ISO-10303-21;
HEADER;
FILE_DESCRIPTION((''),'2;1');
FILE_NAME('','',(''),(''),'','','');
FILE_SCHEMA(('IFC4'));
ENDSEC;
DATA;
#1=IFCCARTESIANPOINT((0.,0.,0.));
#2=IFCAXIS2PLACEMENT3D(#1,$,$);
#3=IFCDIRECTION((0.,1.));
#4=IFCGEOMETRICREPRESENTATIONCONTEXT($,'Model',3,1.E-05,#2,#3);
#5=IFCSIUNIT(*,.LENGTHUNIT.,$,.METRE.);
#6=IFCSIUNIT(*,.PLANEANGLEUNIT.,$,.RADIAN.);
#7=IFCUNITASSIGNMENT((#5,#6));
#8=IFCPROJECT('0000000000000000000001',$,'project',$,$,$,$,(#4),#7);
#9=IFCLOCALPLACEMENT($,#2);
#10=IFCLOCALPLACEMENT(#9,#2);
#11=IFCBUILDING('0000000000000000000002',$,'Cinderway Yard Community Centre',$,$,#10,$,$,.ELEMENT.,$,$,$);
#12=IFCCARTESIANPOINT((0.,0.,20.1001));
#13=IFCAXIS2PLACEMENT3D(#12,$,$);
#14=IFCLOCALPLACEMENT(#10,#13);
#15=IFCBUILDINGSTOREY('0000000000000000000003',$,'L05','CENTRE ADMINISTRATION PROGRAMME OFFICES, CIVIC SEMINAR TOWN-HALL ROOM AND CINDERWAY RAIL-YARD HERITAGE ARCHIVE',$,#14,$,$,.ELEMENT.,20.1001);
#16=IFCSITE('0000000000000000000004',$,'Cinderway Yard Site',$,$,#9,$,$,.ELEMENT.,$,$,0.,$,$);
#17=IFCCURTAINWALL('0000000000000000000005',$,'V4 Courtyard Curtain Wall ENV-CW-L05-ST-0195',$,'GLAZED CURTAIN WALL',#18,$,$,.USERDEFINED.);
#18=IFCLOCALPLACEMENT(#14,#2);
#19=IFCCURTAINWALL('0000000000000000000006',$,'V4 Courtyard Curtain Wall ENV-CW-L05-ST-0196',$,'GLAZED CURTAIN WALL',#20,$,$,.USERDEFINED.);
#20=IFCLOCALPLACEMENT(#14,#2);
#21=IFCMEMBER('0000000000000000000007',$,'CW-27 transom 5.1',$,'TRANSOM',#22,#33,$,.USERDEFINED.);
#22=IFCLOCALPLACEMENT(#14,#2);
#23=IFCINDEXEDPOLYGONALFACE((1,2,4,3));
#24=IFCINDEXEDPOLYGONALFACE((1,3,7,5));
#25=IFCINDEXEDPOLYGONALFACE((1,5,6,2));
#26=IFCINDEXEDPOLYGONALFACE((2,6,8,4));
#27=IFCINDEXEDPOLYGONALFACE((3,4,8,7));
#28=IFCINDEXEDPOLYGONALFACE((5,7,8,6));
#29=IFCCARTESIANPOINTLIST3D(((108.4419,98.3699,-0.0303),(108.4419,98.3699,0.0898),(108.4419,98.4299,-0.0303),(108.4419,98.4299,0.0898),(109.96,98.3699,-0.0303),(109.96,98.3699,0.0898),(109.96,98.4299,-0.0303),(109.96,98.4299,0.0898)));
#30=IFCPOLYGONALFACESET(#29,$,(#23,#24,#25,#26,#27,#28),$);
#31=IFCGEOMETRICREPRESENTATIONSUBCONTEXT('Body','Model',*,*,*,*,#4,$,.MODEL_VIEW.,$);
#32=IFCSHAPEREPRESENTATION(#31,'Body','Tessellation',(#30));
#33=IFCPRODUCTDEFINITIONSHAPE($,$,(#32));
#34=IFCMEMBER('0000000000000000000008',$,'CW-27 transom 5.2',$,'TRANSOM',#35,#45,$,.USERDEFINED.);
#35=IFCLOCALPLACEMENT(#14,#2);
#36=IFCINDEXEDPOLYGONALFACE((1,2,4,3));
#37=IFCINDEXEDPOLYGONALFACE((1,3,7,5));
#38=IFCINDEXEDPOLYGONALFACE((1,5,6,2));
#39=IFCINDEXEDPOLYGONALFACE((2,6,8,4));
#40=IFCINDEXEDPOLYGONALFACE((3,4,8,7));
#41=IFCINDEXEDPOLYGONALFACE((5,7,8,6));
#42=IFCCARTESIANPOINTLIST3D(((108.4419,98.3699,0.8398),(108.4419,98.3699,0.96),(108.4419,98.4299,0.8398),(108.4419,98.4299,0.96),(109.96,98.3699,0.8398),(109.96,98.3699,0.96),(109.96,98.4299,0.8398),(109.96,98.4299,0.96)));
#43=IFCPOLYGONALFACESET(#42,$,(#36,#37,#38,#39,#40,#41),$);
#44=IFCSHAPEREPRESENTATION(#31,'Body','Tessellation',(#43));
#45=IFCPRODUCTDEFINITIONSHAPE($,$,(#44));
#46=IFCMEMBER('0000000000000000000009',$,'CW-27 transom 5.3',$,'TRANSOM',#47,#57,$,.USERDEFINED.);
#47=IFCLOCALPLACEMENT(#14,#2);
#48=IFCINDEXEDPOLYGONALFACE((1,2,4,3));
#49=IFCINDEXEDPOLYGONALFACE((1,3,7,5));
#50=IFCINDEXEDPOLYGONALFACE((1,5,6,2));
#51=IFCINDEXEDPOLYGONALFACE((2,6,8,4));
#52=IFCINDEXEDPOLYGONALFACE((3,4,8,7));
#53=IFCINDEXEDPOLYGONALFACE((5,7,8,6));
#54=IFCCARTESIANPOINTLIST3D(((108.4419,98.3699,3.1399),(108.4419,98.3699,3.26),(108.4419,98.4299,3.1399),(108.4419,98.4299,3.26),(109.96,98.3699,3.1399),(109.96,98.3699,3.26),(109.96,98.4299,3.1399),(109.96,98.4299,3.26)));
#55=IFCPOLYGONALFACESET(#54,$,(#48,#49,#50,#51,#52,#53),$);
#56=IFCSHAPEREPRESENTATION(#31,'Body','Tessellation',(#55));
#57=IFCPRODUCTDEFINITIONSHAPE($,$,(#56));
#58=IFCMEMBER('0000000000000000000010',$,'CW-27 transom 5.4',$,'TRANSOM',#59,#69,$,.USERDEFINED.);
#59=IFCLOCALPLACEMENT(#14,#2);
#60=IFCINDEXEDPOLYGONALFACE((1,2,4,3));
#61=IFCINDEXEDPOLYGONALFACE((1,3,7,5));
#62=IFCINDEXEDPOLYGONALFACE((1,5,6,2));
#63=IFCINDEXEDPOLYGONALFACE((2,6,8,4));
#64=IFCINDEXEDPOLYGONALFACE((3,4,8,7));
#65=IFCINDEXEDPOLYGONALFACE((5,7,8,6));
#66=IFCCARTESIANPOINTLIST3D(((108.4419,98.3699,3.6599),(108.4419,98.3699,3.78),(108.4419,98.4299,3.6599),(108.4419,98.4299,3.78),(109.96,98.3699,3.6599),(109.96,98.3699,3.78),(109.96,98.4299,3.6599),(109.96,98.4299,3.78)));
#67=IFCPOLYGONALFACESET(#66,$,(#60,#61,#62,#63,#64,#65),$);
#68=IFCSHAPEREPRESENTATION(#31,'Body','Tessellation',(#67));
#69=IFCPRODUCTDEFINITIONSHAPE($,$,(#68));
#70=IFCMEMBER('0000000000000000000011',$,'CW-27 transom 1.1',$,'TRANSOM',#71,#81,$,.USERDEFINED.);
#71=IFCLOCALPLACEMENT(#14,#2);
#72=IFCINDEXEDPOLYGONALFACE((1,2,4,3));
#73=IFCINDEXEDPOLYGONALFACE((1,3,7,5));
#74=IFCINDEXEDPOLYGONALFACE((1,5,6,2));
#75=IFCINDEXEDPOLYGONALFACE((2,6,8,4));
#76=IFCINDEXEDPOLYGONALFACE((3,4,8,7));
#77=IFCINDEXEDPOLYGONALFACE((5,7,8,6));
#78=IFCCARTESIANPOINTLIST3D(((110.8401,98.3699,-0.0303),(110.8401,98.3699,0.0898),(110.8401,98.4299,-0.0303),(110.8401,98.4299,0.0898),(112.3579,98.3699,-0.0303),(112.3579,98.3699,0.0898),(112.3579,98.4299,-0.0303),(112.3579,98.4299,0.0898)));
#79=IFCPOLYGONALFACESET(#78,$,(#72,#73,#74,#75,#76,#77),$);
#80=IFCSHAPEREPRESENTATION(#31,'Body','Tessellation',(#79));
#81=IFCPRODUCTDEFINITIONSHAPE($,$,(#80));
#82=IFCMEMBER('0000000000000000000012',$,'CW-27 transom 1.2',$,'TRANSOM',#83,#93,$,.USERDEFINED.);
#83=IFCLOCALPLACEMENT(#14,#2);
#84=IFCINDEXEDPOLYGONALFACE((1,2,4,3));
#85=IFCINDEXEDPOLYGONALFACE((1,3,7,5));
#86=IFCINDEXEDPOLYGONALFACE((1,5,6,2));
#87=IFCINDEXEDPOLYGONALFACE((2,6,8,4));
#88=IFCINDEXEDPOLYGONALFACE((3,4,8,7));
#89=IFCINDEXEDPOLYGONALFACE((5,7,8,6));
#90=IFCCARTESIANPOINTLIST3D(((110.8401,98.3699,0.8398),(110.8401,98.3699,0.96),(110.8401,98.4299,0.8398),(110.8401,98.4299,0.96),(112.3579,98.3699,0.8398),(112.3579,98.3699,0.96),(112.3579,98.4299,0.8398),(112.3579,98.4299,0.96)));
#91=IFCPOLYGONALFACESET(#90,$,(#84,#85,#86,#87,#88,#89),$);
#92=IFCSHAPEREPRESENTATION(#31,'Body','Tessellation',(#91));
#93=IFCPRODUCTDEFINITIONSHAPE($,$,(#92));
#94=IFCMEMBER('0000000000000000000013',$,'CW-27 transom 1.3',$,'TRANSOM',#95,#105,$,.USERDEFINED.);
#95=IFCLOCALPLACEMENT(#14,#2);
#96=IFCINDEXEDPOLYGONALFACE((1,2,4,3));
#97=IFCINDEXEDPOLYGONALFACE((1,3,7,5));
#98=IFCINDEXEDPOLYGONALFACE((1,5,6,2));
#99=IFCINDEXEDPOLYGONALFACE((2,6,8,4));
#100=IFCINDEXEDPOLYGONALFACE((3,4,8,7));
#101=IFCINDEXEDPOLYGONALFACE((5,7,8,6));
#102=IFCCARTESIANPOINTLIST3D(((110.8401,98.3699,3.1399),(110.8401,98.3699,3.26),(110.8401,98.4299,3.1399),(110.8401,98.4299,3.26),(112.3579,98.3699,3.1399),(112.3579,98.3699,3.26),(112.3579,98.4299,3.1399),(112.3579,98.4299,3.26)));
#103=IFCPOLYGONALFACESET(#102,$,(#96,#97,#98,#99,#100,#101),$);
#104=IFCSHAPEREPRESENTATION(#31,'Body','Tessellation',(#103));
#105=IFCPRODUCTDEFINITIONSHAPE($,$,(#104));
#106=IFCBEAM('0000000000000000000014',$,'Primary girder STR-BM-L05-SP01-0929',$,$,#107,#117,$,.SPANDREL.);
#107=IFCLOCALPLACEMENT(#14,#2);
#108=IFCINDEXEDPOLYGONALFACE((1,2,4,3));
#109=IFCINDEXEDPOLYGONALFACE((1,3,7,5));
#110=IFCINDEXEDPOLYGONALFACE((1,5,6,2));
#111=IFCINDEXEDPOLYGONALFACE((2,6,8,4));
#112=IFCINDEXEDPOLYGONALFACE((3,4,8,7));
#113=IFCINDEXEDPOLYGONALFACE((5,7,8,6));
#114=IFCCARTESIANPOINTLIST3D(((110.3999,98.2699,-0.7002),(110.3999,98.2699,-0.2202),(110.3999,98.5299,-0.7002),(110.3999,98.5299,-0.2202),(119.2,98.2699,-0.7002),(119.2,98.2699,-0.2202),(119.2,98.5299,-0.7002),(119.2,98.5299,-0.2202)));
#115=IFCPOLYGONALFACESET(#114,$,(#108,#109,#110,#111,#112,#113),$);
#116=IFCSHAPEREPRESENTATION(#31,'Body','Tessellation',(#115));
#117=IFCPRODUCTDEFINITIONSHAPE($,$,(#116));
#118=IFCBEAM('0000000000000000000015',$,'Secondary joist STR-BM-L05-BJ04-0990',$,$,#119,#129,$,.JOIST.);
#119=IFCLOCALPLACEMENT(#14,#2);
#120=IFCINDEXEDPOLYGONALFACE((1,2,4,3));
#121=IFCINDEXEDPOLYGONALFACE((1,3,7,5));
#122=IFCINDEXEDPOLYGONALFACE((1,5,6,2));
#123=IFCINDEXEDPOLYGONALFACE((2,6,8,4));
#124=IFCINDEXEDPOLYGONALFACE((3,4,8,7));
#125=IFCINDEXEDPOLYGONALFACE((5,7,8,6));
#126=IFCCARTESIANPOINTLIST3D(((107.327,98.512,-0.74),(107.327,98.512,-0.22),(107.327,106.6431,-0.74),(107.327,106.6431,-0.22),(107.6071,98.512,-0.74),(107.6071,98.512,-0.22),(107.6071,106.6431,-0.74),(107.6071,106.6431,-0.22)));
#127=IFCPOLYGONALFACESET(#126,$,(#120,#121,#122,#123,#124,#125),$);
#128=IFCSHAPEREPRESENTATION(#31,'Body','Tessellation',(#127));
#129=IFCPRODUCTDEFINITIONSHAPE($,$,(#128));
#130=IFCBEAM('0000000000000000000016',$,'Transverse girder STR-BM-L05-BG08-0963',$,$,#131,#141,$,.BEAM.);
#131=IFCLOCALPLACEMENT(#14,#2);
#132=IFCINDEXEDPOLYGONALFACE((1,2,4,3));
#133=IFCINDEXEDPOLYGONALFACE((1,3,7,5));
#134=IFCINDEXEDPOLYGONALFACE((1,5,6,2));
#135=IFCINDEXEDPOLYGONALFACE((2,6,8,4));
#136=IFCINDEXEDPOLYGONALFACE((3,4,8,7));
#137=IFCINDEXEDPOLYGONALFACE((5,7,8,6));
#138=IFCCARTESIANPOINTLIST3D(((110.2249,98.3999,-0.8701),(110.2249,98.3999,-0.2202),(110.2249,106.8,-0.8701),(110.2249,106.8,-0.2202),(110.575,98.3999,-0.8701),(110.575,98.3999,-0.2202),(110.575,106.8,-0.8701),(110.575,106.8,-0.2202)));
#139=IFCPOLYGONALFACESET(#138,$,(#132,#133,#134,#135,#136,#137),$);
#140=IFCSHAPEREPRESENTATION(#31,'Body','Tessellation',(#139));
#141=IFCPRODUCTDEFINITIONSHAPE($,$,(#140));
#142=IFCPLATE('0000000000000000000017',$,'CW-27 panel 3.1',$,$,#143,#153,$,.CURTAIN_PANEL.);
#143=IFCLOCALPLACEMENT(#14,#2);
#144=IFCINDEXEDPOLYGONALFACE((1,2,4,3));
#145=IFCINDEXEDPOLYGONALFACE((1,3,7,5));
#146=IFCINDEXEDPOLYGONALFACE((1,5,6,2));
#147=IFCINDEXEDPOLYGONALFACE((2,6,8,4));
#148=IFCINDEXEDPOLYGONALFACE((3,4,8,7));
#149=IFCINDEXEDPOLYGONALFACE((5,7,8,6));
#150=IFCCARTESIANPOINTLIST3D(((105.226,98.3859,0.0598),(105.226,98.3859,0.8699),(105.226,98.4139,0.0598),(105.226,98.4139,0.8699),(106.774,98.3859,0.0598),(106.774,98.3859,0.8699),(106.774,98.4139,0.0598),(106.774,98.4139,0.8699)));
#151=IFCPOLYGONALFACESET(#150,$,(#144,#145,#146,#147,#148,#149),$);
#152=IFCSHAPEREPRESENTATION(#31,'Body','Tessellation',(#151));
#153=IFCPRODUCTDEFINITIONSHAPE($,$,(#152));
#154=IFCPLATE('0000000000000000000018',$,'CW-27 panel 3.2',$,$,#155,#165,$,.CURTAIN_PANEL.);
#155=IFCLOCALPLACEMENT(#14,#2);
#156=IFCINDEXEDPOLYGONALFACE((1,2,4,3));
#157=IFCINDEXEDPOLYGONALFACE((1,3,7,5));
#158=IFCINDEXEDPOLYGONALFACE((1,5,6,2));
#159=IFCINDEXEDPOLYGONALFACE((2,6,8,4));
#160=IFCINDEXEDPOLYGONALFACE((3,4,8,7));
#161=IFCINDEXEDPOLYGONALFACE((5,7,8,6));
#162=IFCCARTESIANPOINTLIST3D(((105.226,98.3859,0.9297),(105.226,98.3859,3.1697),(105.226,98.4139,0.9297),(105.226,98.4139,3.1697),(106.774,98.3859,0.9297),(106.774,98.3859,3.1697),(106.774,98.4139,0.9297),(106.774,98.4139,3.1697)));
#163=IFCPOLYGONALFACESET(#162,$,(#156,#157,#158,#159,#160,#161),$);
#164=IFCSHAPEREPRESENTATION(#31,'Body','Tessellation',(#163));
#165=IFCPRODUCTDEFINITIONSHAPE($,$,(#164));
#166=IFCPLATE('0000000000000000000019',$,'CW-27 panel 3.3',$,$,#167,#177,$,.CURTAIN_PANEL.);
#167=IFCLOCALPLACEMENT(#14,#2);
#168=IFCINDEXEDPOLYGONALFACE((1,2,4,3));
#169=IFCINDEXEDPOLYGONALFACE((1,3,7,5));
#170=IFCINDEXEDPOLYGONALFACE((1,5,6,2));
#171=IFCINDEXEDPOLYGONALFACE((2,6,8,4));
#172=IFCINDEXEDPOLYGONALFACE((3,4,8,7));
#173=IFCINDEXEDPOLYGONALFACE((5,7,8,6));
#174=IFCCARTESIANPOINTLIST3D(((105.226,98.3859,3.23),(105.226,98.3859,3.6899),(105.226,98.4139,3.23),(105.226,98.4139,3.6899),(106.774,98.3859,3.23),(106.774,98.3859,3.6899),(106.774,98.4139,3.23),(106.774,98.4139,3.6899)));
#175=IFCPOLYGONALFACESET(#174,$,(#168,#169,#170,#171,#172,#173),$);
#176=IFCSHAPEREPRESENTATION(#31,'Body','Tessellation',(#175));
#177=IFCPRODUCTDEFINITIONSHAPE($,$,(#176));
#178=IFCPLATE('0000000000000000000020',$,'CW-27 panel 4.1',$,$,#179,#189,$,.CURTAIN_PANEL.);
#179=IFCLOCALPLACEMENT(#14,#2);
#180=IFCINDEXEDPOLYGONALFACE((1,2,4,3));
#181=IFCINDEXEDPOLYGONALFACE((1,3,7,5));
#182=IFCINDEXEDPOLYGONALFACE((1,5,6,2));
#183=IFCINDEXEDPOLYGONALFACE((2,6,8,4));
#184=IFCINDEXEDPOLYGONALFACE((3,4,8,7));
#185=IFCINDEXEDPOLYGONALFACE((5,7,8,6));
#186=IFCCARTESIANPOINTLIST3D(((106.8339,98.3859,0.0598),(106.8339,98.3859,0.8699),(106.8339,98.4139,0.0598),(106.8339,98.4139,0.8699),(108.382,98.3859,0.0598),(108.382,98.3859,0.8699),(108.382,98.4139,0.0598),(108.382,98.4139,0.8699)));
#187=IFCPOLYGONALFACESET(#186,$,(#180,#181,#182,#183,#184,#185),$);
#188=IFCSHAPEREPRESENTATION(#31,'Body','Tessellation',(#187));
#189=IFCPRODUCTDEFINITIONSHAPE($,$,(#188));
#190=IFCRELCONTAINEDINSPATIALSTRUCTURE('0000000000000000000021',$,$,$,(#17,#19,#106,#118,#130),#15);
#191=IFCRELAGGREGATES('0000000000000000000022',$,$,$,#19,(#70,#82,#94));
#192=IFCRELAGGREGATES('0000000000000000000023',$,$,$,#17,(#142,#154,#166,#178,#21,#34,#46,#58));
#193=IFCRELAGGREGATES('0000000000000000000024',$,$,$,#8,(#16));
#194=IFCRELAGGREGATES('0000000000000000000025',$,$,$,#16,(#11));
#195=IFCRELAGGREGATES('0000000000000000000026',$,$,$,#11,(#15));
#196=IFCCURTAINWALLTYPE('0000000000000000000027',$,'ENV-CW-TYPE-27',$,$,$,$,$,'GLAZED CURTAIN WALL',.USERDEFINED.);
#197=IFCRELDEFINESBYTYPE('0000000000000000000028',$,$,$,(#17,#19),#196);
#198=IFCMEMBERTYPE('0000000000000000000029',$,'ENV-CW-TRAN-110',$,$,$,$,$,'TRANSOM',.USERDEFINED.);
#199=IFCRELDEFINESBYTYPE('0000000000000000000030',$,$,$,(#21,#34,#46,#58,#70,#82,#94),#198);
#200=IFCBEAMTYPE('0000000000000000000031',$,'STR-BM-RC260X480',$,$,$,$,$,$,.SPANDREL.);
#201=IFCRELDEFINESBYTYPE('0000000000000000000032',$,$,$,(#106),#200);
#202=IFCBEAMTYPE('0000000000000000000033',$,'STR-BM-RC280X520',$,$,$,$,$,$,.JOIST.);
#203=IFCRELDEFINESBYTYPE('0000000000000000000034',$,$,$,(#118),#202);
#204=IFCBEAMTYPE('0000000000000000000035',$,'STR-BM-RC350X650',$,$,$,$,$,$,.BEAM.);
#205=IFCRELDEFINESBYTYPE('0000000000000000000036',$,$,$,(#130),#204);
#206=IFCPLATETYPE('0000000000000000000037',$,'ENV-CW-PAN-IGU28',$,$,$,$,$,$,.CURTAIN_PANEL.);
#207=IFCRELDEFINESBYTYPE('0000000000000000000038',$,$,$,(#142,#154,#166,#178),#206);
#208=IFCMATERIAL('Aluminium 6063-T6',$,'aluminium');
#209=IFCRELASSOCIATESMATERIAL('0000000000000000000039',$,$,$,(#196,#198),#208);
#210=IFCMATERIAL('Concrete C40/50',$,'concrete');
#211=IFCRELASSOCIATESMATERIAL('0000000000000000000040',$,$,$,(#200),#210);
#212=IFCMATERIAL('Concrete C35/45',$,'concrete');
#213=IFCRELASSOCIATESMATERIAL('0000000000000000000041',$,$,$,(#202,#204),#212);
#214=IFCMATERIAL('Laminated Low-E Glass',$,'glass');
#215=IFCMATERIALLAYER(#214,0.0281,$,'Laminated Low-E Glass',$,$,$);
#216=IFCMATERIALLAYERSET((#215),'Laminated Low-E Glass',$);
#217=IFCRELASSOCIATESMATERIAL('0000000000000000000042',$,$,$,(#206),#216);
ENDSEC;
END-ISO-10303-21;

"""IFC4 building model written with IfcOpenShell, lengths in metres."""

from ifc_helpers import new_model, si_unit, direction, frame, origin, origin_2d, place, context, subcontext, project, spatial, rectangle, extrude, material, layer, layer_set, material_profile, profile_set, type_object, element, aggregate, save


model = new_model("IFC4")

# Units and contexts
model_context = context("Model", 3, precision=1e-05, world=origin(), true_north=direction((0.0, 1.0)))
body_context = subcontext(model_context, "Body", "Model", "MODEL_VIEW")
ifc_project = project(units=[si_unit("LENGTHUNIT", "METRE"), si_unit("PLANEANGLEUNIT", "RADIAN")], contexts=[model_context])

# Site, building, storey
site_placement = place(None, origin())
site = spatial("IfcSite", under=ifc_project, at=site_placement, Name="Cinderway Yard Site", CompositionType="ELEMENT", RefElevation=0.0)
building_placement = place(site_placement, origin())
building = spatial("IfcBuilding", under=site, at=building_placement, Name="Cinderway Yard Community Centre", CompositionType="ELEMENT")
storey_placement = place(building_placement, frame((0.0, 0.0, 20.1001)))
storey = spatial("IfcBuildingStorey", under=building, at=storey_placement, Name="L05", Description="CENTRE ADMINISTRATION PROGRAMME OFFICES, CIVIC SEMINAR TOWN-HALL ROOM AND CINDERWAY RAIL-YARD HERITAGE ARCHIVE", CompositionType="ELEMENT", Elevation=20.1001)

# Shared definitions
ifc_material_1 = material(Name="Concrete C40/50", Category="concrete")

# Curtain wall
ifc_material_2 = material(Name="Aluminium 6063-T6", Category="aluminium")
curtain_wall_type = type_object("IfcCurtainWallType", Name="ENV-CW-TYPE-27", ElementType="GLAZED CURTAIN WALL", PredefinedType="USERDEFINED", material=ifc_material_2)
curtain_wall_1_placement = place(storey_placement, origin())
curtain_wall_1 = element("IfcCurtainWall", 1, at=curtain_wall_1_placement, inside=storey, type_object=curtain_wall_type, Name="V4 Courtyard Curtain Wall ENV-CW-L05-ST-0195", ObjectType="GLAZED CURTAIN WALL", PredefinedType="USERDEFINED")

# Curtain wall
curtain_wall_2_placement = place(storey_placement, origin())
curtain_wall_2 = element("IfcCurtainWall", 2, at=curtain_wall_2_placement, inside=storey, type_object=curtain_wall_type, Name="V4 Courtyard Curtain Wall ENV-CW-L05-ST-0196", ObjectType="GLAZED CURTAIN WALL", PredefinedType="USERDEFINED")

# Members
ifc_material_profile_1 = material_profile(ifc_material_2, rectangle(XDim=0.0601, YDim=0.1201, at=origin_2d()), Name="Aluminium 6063-T6")
ifc_profile_set_1 = profile_set([ifc_material_profile_1], Name="Aluminium 6063-T6")
member_type_1 = type_object("IfcMemberType", Name="ENV-CW-TRAN-110", ElementType="TRANSOM", PredefinedType="USERDEFINED", material=ifc_profile_set_1)
member_1_placement = place(storey_placement, frame((108.4419, 98.3999, 0.0298), z_axis=(1.0, 0.0, 0.0), x_axis=(0.0, 1.0, 0.0)))
member_1 = element("IfcMember", 3, at=member_1_placement, type_object=member_type_1, Name="CW-27 transom 5.1", ObjectType="TRANSOM", PredefinedType="USERDEFINED", context=body_context, shape_type="SweptSolid", body=[
    extrude(rectangle(XDim=0.0601, YDim=0.1201, at=origin_2d()), origin(), (0.0, 0.0, 1.0), 1.5181),
])
member_2_placement = place(storey_placement, frame((108.4419, 98.3999, 0.8999), z_axis=(1.0, 0.0, 0.0), x_axis=(0.0, 1.0, 0.0)))
member_2 = element("IfcMember", 4, at=member_2_placement, type_object=member_type_1, Name="CW-27 transom 5.2", ObjectType="TRANSOM", PredefinedType="USERDEFINED", context=body_context, shape_type="SweptSolid", body=[
    extrude(rectangle(XDim=0.0601, YDim=0.1201, at=origin_2d()), origin(), (0.0, 0.0, 1.0), 1.5181),
])
member_3_placement = place(storey_placement, frame((108.4419, 98.3999, 3.2), z_axis=(1.0, 0.0, 0.0), x_axis=(0.0, 1.0, 0.0)))
member_3 = element("IfcMember", 5, at=member_3_placement, type_object=member_type_1, Name="CW-27 transom 5.3", ObjectType="TRANSOM", PredefinedType="USERDEFINED", context=body_context, shape_type="SweptSolid", body=[
    extrude(rectangle(XDim=0.0601, YDim=0.1201, at=origin_2d()), origin(), (0.0, 0.0, 1.0), 1.5181),
])
member_4_placement = place(storey_placement, frame((108.4419, 98.3999, 3.72), z_axis=(1.0, 0.0, 0.0), x_axis=(0.0, 1.0, 0.0)))
member_4 = element("IfcMember", 6, at=member_4_placement, type_object=member_type_1, Name="CW-27 transom 5.4", ObjectType="TRANSOM", PredefinedType="USERDEFINED", context=body_context, shape_type="SweptSolid", body=[
    extrude(rectangle(XDim=0.0601, YDim=0.1201, at=origin_2d()), origin(), (0.0, 0.0, 1.0), 1.5181),
])
member_5_placement = place(storey_placement, frame((110.8401, 98.3999, 0.0298), z_axis=(1.0, 0.0, 0.0), x_axis=(0.0, 1.0, 0.0)))
member_5 = element("IfcMember", 7, at=member_5_placement, type_object=member_type_1, Name="CW-27 transom 1.1", ObjectType="TRANSOM", PredefinedType="USERDEFINED", context=body_context, shape_type="SweptSolid", body=[
    extrude(rectangle(XDim=0.0601, YDim=0.1201, at=origin_2d()), origin(), (0.0, 0.0, 1.0), 1.5178),
])
member_6_placement = place(storey_placement, frame((110.8401, 98.3999, 0.8999), z_axis=(1.0, 0.0, 0.0), x_axis=(0.0, 1.0, 0.0)))
member_6 = element("IfcMember", 8, at=member_6_placement, type_object=member_type_1, Name="CW-27 transom 1.2", ObjectType="TRANSOM", PredefinedType="USERDEFINED", context=body_context, shape_type="SweptSolid", body=[
    extrude(rectangle(XDim=0.0601, YDim=0.1201, at=origin_2d()), origin(), (0.0, 0.0, 1.0), 1.5178),
])
member_7_placement = place(storey_placement, frame((110.8401, 98.3999, 3.2), z_axis=(1.0, 0.0, 0.0), x_axis=(0.0, 1.0, 0.0)))
member_7 = element("IfcMember", 9, at=member_7_placement, type_object=member_type_1, Name="CW-27 transom 1.3", ObjectType="TRANSOM", PredefinedType="USERDEFINED", context=body_context, shape_type="SweptSolid", body=[
    extrude(rectangle(XDim=0.0601, YDim=0.1201, at=origin_2d()), origin(), (0.0, 0.0, 1.0), 1.5178),
])
aggregate(curtain_wall_2, [member_5, member_6, member_7])

# Beams
ifc_material_profile_2 = material_profile(ifc_material_1, rectangle(XDim=0.26, YDim=0.48, at=origin_2d()), Name="Concrete C40/50")
ifc_profile_set_2 = profile_set([ifc_material_profile_2], Name="Concrete C40/50")
beam_type_1 = type_object("IfcBeamType", Name="STR-BM-RC260X480", PredefinedType="SPANDREL", material=ifc_profile_set_2)
beam_1_placement = place(storey_placement, frame((110.3999, 98.3999, -0.4602), z_axis=(1.0, 0.0, 0.0), x_axis=(0.0, 1.0, 0.0)))
element("IfcBeam", 10, at=beam_1_placement, inside=storey, type_object=beam_type_1, Name="Primary girder STR-BM-L05-SP01-0929", PredefinedType="SPANDREL", context=body_context, shape_type="SweptSolid", body=[
    extrude(rectangle(XDim=0.26, YDim=0.48, at=origin_2d()), origin(), (0.0, 0.0, 1.0), 8.8),
])
ifc_material_3 = material(Name="Concrete C35/45", Category="concrete")
ifc_material_profile_3 = material_profile(ifc_material_3, rectangle(XDim=0.28, YDim=0.52, at=origin_2d()), Name="Concrete C35/45")
ifc_profile_set_3 = profile_set([ifc_material_profile_3], Name="Concrete C35/45")
beam_type_2 = type_object("IfcBeamType", Name="STR-BM-RC280X520", PredefinedType="JOIST", material=ifc_profile_set_3)
beam_2_placement = place(storey_placement, frame((107.467, 98.512, -0.48), z_axis=(0.0, 1.0, 0.0), x_axis=(-1.0, 0.0, 0.0)))
element("IfcBeam", 11, at=beam_2_placement, inside=storey, type_object=beam_type_2, Name="Secondary joist STR-BM-L05-BJ04-0990", PredefinedType="JOIST", context=body_context, shape_type="SweptSolid", body=[
    extrude(rectangle(XDim=0.28, YDim=0.52, at=origin_2d()), origin(), (0.0, 0.0, 1.0), 8.1311),
])
ifc_material_profile_4 = material_profile(ifc_material_3, rectangle(XDim=0.3501, YDim=0.6499, at=origin_2d()), Name="Concrete C35/45")
ifc_profile_set_4 = profile_set([ifc_material_profile_4], Name="Concrete C35/45")
beam_type_3 = type_object("IfcBeamType", Name="STR-BM-RC350X650", PredefinedType="BEAM", material=ifc_profile_set_4)
beam_3_placement = place(storey_placement, frame((110.3999, 98.3999, -0.5452), z_axis=(0.0, 1.0, 0.0), x_axis=(-1.0, 0.0, 0.0)))
element("IfcBeam", 12, at=beam_3_placement, inside=storey, type_object=beam_type_3, Name="Transverse girder STR-BM-L05-BG08-0963", PredefinedType="BEAM", context=body_context, shape_type="SweptSolid", body=[
    extrude(rectangle(XDim=0.3501, YDim=0.6499, at=origin_2d()), origin(), (0.0, 0.0, 1.0), 8.4001),
])

# Plates
ifc_material_4 = material(Name="Laminated Low-E Glass", Category="glass")
ifc_layer = layer(ifc_material_4, 0.0281, Name="Laminated Low-E Glass")
ifc_layer_set = layer_set([ifc_layer], Name="Laminated Low-E Glass")
plate_type = type_object("IfcPlateType", Name="ENV-CW-PAN-IGU28", PredefinedType="CURTAIN_PANEL", material=ifc_layer_set)
plate_1_placement = place(storey_placement, frame((106.0, 98.3999, 0.0598), z_axis=(0.0, 0.0, 1.0), x_axis=(1.0, 0.0, 0.0)))
plate_1 = element("IfcPlate", 13, at=plate_1_placement, type_object=plate_type, Name="CW-27 panel 3.1", PredefinedType="CURTAIN_PANEL", context=body_context, shape_type="SweptSolid", body=[
    extrude(rectangle(XDim=1.5481, YDim=0.0281, at=origin_2d()), origin(), (0.0, 0.0, 1.0), 0.8101),
])
plate_2_placement = place(storey_placement, frame((106.0, 98.3999, 0.9297), z_axis=(0.0, 0.0, 1.0), x_axis=(1.0, 0.0, 0.0)))
plate_2 = element("IfcPlate", 14, at=plate_2_placement, type_object=plate_type, Name="CW-27 panel 3.2", PredefinedType="CURTAIN_PANEL", context=body_context, shape_type="SweptSolid", body=[
    extrude(rectangle(XDim=1.5481, YDim=0.0281, at=origin_2d()), origin(), (0.0, 0.0, 1.0), 2.24),
])
plate_3_placement = place(storey_placement, frame((106.0, 98.3999, 3.23), z_axis=(0.0, 0.0, 1.0), x_axis=(1.0, 0.0, 0.0)))
plate_3 = element("IfcPlate", 15, at=plate_3_placement, type_object=plate_type, Name="CW-27 panel 3.3", PredefinedType="CURTAIN_PANEL", context=body_context, shape_type="SweptSolid", body=[
    extrude(rectangle(XDim=1.5481, YDim=0.0281, at=origin_2d()), origin(), (0.0, 0.0, 1.0), 0.46),
])
plate_4_placement = place(storey_placement, frame((107.6079, 98.3999, 0.0598), z_axis=(0.0, 0.0, 1.0), x_axis=(1.0, 0.0, 0.0)))
plate_4 = element("IfcPlate", 16, at=plate_4_placement, type_object=plate_type, Name="CW-27 panel 4.1", PredefinedType="CURTAIN_PANEL", context=body_context, shape_type="SweptSolid", body=[
    extrude(rectangle(XDim=1.5481, YDim=0.0281, at=origin_2d()), origin(), (0.0, 0.0, 1.0), 0.8101),
])
aggregate(curtain_wall_1, [plate_1, plate_2, plate_3, plate_4, member_1, member_2, member_3, member_4])

save(model, "model.ifc")
